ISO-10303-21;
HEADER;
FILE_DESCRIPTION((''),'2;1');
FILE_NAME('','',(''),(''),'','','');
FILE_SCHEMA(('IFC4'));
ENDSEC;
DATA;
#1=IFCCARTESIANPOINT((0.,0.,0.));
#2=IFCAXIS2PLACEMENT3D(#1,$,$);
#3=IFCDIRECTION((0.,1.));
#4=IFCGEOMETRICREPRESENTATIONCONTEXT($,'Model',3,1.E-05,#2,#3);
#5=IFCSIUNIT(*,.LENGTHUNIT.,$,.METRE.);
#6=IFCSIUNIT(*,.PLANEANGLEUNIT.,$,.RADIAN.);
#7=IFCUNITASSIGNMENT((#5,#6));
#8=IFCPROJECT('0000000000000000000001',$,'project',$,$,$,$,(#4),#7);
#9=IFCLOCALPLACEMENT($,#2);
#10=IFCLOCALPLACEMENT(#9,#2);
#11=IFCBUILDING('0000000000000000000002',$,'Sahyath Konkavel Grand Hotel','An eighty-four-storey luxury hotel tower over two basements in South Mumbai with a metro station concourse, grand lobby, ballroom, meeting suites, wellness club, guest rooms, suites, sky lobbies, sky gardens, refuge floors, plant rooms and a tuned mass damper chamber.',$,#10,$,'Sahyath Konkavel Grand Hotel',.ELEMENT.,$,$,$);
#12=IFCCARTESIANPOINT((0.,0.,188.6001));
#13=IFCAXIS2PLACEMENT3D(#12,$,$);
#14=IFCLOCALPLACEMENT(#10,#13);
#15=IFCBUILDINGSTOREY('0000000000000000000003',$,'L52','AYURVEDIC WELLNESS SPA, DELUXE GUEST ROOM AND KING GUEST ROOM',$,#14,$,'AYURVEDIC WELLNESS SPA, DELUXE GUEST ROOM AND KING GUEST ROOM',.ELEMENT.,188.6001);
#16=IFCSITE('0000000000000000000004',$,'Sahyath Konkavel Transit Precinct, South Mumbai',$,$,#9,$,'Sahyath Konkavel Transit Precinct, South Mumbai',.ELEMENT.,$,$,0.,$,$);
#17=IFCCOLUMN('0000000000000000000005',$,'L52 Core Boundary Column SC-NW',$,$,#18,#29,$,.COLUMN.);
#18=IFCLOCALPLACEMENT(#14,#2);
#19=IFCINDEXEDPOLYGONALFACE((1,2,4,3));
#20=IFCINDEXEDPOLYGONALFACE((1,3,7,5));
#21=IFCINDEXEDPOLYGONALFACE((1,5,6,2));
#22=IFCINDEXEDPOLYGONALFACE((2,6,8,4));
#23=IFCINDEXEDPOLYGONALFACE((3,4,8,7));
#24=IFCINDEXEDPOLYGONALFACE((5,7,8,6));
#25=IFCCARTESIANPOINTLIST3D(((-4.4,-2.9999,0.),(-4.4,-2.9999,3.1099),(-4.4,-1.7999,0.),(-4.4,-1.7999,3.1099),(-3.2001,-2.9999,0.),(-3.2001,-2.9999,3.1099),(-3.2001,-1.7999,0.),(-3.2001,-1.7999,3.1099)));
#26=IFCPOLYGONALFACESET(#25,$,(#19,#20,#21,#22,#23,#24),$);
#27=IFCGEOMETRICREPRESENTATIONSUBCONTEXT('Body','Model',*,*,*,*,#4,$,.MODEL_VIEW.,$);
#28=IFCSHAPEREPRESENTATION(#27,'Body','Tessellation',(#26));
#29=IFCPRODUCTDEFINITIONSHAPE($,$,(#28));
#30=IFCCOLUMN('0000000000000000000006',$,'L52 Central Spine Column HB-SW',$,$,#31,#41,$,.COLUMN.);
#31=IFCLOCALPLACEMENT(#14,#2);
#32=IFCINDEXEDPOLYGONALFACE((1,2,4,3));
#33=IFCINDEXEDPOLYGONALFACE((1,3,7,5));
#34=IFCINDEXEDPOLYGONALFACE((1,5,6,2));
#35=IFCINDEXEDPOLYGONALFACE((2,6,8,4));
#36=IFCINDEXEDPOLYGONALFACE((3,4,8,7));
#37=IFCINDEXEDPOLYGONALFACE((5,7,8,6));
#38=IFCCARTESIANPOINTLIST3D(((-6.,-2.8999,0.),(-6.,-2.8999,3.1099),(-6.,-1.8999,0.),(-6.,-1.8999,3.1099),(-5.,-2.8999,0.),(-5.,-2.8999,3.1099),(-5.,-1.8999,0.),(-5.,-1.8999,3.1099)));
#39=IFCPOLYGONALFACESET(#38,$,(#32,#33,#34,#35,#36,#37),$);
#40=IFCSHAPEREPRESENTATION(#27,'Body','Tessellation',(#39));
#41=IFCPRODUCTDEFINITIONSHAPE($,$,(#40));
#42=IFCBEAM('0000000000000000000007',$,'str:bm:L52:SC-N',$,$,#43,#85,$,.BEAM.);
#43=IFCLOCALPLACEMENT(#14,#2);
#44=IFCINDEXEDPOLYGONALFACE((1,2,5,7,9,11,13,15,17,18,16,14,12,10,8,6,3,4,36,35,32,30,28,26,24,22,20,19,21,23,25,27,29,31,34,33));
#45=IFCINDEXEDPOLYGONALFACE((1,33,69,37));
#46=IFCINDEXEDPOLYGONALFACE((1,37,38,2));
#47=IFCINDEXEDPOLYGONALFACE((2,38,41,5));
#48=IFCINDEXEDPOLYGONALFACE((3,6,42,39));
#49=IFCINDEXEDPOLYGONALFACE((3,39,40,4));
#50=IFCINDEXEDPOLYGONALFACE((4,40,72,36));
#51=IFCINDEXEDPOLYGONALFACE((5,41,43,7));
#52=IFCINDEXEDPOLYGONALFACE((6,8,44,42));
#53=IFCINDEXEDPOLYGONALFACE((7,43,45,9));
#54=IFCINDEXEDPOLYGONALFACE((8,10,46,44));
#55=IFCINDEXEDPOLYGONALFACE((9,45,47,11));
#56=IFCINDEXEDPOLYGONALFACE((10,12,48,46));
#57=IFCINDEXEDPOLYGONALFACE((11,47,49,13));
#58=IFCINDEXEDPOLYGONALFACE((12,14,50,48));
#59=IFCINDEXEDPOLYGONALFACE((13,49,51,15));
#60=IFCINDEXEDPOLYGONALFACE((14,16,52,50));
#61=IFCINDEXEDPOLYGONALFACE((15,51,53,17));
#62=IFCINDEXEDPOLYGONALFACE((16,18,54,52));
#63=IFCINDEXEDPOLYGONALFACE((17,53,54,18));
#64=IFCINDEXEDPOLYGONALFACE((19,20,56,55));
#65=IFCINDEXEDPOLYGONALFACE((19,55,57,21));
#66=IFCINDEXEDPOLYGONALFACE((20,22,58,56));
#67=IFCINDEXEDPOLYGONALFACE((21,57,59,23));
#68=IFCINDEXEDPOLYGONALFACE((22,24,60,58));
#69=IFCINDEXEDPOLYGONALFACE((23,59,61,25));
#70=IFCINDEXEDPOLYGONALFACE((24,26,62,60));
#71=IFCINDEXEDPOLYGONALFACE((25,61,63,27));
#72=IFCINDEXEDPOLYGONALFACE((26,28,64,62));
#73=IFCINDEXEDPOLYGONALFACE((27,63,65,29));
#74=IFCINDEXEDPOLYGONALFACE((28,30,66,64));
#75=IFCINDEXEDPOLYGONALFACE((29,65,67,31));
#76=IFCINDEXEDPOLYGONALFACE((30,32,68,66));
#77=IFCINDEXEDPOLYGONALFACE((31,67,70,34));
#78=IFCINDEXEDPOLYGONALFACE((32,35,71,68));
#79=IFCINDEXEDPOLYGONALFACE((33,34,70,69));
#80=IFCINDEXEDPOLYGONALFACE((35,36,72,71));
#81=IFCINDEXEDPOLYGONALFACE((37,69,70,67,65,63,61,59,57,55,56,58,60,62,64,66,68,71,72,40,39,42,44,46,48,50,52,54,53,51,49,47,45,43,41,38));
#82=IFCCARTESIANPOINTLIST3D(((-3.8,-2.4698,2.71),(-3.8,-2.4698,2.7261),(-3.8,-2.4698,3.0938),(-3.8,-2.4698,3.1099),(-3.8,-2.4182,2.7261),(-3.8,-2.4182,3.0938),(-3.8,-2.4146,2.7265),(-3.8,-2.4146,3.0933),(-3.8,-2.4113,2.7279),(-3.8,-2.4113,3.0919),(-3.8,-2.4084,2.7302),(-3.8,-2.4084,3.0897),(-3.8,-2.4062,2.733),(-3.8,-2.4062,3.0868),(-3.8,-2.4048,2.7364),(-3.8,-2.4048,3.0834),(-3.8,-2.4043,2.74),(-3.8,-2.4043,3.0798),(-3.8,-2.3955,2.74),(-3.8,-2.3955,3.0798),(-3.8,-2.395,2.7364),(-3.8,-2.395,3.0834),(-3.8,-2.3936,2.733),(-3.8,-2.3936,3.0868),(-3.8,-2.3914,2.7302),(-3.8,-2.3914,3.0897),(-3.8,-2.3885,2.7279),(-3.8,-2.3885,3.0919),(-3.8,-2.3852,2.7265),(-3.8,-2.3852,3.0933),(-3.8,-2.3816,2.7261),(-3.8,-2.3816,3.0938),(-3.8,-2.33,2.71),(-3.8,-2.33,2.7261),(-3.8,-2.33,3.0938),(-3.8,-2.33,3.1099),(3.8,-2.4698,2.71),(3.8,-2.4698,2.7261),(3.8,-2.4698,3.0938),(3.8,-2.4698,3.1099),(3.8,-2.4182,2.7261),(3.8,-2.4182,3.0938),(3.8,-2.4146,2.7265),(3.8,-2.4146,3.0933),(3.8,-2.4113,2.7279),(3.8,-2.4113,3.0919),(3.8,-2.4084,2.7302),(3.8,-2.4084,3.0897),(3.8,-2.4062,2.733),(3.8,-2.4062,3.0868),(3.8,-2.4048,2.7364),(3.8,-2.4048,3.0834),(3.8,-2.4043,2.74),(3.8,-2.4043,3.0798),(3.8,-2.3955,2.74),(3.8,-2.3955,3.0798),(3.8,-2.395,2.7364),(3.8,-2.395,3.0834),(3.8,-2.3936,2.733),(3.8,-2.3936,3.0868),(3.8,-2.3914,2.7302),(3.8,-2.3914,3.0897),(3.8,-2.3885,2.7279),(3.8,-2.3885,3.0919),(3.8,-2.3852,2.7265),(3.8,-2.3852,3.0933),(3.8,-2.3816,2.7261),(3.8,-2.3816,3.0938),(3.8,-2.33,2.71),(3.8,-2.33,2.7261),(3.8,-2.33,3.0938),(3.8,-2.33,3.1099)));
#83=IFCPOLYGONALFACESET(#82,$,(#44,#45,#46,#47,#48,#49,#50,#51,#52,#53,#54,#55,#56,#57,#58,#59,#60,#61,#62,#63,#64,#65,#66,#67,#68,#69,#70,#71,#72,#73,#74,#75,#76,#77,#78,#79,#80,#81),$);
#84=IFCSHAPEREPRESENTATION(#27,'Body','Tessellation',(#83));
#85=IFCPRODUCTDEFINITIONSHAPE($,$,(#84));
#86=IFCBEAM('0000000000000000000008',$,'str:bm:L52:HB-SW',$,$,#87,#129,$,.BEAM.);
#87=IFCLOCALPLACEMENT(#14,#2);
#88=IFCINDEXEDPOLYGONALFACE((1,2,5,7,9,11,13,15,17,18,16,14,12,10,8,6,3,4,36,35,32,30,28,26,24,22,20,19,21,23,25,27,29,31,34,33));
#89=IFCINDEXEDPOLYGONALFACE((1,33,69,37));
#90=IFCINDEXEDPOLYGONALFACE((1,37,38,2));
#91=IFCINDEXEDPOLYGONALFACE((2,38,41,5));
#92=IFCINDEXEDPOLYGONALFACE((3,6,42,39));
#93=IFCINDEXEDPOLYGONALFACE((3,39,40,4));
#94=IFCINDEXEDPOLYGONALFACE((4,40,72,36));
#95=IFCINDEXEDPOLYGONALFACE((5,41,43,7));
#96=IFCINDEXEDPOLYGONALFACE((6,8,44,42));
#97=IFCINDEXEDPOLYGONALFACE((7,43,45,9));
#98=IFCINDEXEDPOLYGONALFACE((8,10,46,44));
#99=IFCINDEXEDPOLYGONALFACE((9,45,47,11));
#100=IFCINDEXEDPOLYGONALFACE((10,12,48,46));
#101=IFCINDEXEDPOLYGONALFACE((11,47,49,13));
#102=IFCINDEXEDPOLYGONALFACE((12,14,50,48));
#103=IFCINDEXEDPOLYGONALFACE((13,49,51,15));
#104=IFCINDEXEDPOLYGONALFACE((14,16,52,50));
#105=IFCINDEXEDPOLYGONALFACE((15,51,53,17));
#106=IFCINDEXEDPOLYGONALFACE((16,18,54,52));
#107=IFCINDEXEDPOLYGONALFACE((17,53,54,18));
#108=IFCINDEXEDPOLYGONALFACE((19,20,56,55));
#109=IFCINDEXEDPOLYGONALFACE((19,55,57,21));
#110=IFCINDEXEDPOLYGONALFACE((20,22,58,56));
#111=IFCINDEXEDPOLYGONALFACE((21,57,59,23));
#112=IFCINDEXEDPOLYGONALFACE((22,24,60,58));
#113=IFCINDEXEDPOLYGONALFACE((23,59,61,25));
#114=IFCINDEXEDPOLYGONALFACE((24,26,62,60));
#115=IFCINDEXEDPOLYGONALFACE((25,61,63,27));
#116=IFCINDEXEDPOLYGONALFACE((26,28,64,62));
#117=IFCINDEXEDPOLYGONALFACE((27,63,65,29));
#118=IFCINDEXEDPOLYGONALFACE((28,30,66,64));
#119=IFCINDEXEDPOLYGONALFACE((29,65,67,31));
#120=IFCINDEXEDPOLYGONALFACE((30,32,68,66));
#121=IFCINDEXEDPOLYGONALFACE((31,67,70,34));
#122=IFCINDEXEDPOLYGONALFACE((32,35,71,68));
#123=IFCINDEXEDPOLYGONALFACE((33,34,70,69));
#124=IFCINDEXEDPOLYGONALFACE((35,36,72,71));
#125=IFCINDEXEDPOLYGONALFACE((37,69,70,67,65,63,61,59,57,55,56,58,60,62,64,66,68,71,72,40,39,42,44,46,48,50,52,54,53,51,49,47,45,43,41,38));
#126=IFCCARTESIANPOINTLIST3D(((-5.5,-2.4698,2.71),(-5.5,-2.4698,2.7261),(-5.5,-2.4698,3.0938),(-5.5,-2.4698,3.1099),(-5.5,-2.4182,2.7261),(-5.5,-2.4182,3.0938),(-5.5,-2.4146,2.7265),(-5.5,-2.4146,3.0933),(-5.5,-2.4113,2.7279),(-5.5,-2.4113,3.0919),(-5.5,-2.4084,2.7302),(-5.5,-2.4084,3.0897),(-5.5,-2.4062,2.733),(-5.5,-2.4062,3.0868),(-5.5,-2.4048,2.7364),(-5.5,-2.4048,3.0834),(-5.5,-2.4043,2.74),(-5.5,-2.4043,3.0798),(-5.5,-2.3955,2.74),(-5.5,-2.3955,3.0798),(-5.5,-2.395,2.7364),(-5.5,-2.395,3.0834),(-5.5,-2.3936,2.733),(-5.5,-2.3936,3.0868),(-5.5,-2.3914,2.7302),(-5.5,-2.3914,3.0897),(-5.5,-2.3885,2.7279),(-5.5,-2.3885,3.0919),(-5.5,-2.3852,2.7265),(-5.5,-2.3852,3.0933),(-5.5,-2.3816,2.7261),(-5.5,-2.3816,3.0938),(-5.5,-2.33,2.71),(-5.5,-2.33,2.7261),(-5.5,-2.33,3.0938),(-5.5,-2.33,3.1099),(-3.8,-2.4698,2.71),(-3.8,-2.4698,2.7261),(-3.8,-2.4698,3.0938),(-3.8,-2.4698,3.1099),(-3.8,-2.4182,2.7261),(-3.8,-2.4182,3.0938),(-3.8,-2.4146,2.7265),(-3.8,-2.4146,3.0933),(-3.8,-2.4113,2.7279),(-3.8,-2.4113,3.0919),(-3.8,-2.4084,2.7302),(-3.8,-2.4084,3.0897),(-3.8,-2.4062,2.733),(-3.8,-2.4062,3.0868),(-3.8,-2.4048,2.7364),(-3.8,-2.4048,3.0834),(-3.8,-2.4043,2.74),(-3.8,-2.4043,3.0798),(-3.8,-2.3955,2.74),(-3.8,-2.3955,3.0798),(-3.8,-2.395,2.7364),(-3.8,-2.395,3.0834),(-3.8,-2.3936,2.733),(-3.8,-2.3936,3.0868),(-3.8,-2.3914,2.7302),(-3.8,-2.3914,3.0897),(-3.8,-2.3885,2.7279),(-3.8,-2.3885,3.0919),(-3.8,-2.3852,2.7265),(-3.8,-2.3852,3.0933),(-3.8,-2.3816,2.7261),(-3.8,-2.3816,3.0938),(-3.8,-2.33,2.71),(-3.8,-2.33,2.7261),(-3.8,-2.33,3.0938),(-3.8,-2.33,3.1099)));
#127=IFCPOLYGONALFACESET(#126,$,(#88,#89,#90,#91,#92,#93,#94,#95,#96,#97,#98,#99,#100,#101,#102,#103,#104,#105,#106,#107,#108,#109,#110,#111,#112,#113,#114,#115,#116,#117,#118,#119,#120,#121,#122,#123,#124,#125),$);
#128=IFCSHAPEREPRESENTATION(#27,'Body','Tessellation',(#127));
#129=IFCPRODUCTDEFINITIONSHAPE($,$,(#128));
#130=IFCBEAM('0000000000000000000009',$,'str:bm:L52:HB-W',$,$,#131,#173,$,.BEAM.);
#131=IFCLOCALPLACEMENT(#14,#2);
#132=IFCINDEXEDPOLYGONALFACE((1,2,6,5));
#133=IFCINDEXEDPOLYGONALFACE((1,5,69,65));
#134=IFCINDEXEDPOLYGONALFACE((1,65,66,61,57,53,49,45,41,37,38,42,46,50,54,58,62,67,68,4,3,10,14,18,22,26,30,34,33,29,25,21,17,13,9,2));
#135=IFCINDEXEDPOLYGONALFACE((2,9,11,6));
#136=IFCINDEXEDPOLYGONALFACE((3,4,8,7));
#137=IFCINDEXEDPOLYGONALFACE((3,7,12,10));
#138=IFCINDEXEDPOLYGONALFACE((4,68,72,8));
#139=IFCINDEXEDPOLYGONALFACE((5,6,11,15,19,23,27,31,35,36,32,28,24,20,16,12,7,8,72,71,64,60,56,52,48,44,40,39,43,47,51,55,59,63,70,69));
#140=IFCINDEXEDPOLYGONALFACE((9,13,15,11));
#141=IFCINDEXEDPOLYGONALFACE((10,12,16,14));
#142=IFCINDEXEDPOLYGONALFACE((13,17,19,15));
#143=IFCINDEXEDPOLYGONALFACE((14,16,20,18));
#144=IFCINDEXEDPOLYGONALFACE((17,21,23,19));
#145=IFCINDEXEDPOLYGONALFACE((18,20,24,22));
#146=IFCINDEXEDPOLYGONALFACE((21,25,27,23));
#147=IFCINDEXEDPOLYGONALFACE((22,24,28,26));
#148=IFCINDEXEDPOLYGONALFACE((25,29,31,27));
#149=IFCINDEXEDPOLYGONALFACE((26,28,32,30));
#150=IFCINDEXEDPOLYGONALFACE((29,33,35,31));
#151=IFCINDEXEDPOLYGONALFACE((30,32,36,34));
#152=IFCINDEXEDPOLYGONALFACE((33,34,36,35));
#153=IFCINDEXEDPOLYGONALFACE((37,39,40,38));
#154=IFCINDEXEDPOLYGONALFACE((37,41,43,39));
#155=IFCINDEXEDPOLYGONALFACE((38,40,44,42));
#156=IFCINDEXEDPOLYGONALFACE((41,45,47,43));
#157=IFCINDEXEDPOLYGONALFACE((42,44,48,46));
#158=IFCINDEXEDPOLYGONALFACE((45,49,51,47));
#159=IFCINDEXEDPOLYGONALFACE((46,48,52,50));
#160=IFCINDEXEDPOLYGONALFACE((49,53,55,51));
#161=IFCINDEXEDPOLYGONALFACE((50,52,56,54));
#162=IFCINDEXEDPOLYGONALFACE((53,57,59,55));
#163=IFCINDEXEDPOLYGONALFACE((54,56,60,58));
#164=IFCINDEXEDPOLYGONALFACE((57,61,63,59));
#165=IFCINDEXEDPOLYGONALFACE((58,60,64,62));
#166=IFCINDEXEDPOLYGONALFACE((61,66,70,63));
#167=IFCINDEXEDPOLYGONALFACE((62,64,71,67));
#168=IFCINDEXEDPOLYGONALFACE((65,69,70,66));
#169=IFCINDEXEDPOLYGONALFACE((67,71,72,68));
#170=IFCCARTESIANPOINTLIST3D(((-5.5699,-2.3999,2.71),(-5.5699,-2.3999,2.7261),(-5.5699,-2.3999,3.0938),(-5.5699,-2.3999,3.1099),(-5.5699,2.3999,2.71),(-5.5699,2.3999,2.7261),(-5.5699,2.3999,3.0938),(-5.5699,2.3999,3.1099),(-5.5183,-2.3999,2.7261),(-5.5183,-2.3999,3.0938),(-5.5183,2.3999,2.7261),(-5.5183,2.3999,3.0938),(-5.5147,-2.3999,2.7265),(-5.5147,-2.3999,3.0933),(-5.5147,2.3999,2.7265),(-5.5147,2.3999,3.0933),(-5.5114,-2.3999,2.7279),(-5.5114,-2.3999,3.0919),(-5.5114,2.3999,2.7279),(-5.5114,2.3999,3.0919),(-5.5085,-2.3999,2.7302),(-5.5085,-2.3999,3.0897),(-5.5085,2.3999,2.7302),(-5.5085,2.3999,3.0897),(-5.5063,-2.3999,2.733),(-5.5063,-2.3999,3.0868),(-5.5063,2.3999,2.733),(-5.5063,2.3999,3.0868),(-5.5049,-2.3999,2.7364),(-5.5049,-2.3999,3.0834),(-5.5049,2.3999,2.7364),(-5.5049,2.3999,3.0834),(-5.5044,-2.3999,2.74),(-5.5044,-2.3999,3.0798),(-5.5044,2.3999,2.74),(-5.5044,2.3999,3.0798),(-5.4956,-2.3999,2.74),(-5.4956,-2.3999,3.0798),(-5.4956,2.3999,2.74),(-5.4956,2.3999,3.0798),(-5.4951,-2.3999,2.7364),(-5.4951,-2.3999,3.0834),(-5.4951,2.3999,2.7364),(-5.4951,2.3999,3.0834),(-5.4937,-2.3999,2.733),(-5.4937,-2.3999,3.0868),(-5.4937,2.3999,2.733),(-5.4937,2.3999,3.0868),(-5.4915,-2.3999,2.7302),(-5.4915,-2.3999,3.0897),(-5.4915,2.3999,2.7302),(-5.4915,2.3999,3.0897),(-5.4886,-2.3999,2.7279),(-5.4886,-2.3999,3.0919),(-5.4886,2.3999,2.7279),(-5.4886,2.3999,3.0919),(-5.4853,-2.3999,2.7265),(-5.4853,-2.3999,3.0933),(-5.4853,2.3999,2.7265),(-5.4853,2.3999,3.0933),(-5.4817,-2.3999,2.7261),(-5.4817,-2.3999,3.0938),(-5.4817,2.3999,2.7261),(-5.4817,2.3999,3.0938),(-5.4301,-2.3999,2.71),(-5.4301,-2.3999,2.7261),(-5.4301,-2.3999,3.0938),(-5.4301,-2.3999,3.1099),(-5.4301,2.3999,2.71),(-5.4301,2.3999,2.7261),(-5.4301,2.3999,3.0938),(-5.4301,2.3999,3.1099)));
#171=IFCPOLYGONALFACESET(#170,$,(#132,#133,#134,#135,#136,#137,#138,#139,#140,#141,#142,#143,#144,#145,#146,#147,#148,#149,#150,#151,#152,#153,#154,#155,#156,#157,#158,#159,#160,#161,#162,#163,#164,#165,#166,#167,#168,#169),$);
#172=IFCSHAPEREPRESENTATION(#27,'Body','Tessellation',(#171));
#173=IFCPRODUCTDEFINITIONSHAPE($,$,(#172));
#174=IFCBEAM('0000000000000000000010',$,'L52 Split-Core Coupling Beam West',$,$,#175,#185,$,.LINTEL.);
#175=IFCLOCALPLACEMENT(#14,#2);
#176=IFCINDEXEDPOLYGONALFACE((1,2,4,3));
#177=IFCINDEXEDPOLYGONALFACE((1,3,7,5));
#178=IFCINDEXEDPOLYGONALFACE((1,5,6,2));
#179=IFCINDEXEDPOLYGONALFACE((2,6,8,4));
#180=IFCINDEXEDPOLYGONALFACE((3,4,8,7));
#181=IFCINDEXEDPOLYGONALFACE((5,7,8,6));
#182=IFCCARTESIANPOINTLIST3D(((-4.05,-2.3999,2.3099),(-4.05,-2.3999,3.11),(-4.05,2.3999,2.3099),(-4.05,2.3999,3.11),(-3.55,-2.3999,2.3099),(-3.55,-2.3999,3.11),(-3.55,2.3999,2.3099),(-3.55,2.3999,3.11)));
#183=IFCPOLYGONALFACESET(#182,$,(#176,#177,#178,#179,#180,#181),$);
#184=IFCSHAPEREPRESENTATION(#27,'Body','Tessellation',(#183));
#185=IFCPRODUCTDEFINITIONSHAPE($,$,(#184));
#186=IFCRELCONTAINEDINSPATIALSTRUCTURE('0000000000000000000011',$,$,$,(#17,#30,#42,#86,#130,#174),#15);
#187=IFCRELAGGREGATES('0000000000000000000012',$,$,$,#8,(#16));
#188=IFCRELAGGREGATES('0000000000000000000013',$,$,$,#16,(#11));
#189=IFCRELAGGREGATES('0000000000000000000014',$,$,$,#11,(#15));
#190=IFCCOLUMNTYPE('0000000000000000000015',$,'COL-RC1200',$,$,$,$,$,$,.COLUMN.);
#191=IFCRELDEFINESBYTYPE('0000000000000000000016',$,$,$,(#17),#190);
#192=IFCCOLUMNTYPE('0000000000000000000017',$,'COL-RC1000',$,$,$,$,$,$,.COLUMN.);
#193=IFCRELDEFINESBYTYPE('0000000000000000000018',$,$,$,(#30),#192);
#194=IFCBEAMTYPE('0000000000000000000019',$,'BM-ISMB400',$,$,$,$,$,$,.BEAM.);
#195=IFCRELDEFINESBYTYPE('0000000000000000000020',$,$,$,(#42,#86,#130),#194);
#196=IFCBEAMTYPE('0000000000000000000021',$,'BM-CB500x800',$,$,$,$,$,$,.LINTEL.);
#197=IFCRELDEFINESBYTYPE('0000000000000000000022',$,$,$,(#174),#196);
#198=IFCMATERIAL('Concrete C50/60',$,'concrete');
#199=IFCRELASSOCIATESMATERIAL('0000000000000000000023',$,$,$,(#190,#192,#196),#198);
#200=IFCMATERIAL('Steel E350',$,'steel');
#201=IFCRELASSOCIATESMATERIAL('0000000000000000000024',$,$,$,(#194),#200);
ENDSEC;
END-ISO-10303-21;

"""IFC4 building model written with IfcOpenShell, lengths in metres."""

from ifc_helpers import new_model, si_unit, direction, frame, origin, origin_2d, place, context, subcontext, project, spatial, rectangle, i_section, extrude, source, transform, mapped, material, material_profile, profile_set, type_object, element, save


model = new_model("IFC4")

# Units and contexts
model_context = context("Model", 3, precision=1e-05, world=origin(), true_north=direction((0.0, 1.0)))
body_context = subcontext(model_context, "Body", "Model", "MODEL_VIEW")
ifc_project = project(units=[si_unit("LENGTHUNIT", "METRE"), si_unit("PLANEANGLEUNIT", "RADIAN")], contexts=[model_context])

# Site, building, storey
site_placement = place(None, origin())
site = spatial("IfcSite", under=ifc_project, at=site_placement, Name="Sahyath Konkavel Transit Precinct, South Mumbai", LongName="Sahyath Konkavel Transit Precinct, South Mumbai", CompositionType="ELEMENT", RefElevation=0.0)
building_placement = place(site_placement, origin())
building = spatial("IfcBuilding", under=site, at=building_placement, Name="Sahyath Konkavel Grand Hotel", Description="An eighty-four-storey luxury hotel tower over two basements in South Mumbai with a metro station concourse, grand lobby, ballroom, meeting suites, wellness club, guest rooms, suites, sky lobbies, sky gardens, refuge floors, plant rooms and a tuned mass damper chamber.", LongName="Sahyath Konkavel Grand Hotel", CompositionType="ELEMENT")
storey_placement = place(building_placement, frame((0.0, 0.0, 188.6001)))
storey = spatial("IfcBuildingStorey", under=building, at=storey_placement, Name="L52", Description="AYURVEDIC WELLNESS SPA, DELUXE GUEST ROOM AND KING GUEST ROOM", LongName="AYURVEDIC WELLNESS SPA, DELUXE GUEST ROOM AND KING GUEST ROOM", CompositionType="ELEMENT", Elevation=188.6001)

# Columns
ifc_material_1 = material(Name="Concrete C50/60", Category="concrete")
ifc_material_profile_1 = material_profile(ifc_material_1, rectangle(XDim=1.2, YDim=1.2, at=origin_2d()), Name="RC 1200x1200")
ifc_profile_set_1 = profile_set([ifc_material_profile_1], Name="Concrete C50/60")
column_type_1 = type_object("IfcColumnType", Name="COL-RC1200", PredefinedType="COLUMN", material=ifc_profile_set_1)
shared_shape_1 = source(origin(), body_context, "Body", "SweptSolid", [
    extrude(rectangle(XDim=1.2, YDim=1.2, at=origin_2d()), origin(), (0.0, 0.0, 1.0), 3.1099),
])
column_1_placement = place(storey_placement, frame((-3.8, -2.3999, 0.0), z_axis=(0.0, 0.0, 1.0), x_axis=(1.0, 0.0, 0.0)))
element("IfcColumn", 1, at=column_1_placement, inside=storey, type_object=column_type_1, Name="L52 Core Boundary Column SC-NW", PredefinedType="COLUMN", context=body_context, shape_type="MappedRepresentation", body=[
    mapped(shared_shape_1, transform((0.0, 0.0, 0.0), scale=1.0)),
])
ifc_material_profile_2 = material_profile(ifc_material_1, rectangle(XDim=1.0, YDim=1.0, at=origin_2d()), Name="RC 1000x1000")
ifc_profile_set_2 = profile_set([ifc_material_profile_2], Name="Concrete C50/60")
column_type_2 = type_object("IfcColumnType", Name="COL-RC1000", PredefinedType="COLUMN", material=ifc_profile_set_2)
shared_shape_2 = source(origin(), body_context, "Body", "SweptSolid", [
    extrude(rectangle(XDim=1.0, YDim=1.0, at=origin_2d()), origin(), (0.0, 0.0, 1.0), 3.1099),
])
column_2_placement = place(storey_placement, frame((-5.5, -2.3999, 0.0), z_axis=(0.0, 0.0, 1.0), x_axis=(1.0, 0.0, 0.0)))
element("IfcColumn", 2, at=column_2_placement, inside=storey, type_object=column_type_2, Name="L52 Central Spine Column HB-SW", PredefinedType="COLUMN", context=body_context, shape_type="MappedRepresentation", body=[
    mapped(shared_shape_2, transform((0.0, 0.0, 0.0), scale=1.0)),
])

# Beams
ifc_material_2 = material(Name="Steel E350", Category="steel")
ifc_material_profile_3 = material_profile(ifc_material_2, i_section(OverallWidth=0.1399, OverallDepth=0.3999, WebThickness=0.0088, FlangeThickness=0.0161, FilletRadius=0.0139, at=origin_2d()), Name="ISMB 400")
ifc_profile_set_3 = profile_set([ifc_material_profile_3], Name="Steel E350")
beam_type_1 = type_object("IfcBeamType", Name="BM-ISMB400", PredefinedType="BEAM", material=ifc_profile_set_3)
shared_shape_3 = source(origin(), body_context, "Body", "SweptSolid", [
    extrude(i_section(OverallWidth=0.1399, OverallDepth=0.3999, WebThickness=0.0088, FlangeThickness=0.0161, FilletRadius=0.0139, at=origin_2d()), origin(), (0.0, 0.0, 1.0), 7.6001),
])
beam_1_placement = place(storey_placement, frame((-3.8, -2.3999, 2.9099), z_axis=(1.0, 0.0, 0.0), x_axis=(0.0, 1.0, 0.0)))
element("IfcBeam", 3, at=beam_1_placement, inside=storey, type_object=beam_type_1, Name="str:bm:L52:SC-N", PredefinedType="BEAM", context=body_context, shape_type="MappedRepresentation", body=[
    mapped(shared_shape_3, transform((0.0, 0.0, 0.0), scale=1.0)),
])
shared_shape_4 = source(origin(), body_context, "Body", "SweptSolid", [
    extrude(i_section(OverallWidth=0.1399, OverallDepth=0.3999, WebThickness=0.0088, FlangeThickness=0.0161, FilletRadius=0.0139, at=origin_2d()), origin(), (0.0, 0.0, 1.0), 1.7),
])
beam_2_placement = place(storey_placement, frame((-5.5, -2.3999, 2.9099), z_axis=(1.0, 0.0, 0.0), x_axis=(0.0, 1.0, 0.0)))
element("IfcBeam", 4, at=beam_2_placement, inside=storey, type_object=beam_type_1, Name="str:bm:L52:HB-SW", PredefinedType="BEAM", context=body_context, shape_type="MappedRepresentation", body=[
    mapped(shared_shape_4, transform((0.0, 0.0, 0.0), scale=1.0)),
])
shared_shape_5 = source(origin(), body_context, "Body", "SweptSolid", [
    extrude(i_section(OverallWidth=0.1399, OverallDepth=0.3999, WebThickness=0.0088, FlangeThickness=0.0161, FilletRadius=0.0139, at=origin_2d()), origin(), (0.0, 0.0, 1.0), 4.7998),
])
beam_3_placement = place(storey_placement, frame((-5.5, -2.3999, 2.9099), z_axis=(0.0, 1.0, 0.0), x_axis=(-1.0, 0.0, 0.0)))
element("IfcBeam", 5, at=beam_3_placement, inside=storey, type_object=beam_type_1, Name="str:bm:L52:HB-W", PredefinedType="BEAM", context=body_context, shape_type="MappedRepresentation", body=[
    mapped(shared_shape_5, transform((0.0, 0.0, 0.0), scale=1.0)),
])
ifc_material_profile_4 = material_profile(ifc_material_1, rectangle(XDim=0.5, YDim=0.8, at=origin_2d()), Name="RC 500x800")
ifc_profile_set_4 = profile_set([ifc_material_profile_4], Name="Concrete C50/60")
beam_type_2 = type_object("IfcBeamType", Name="BM-CB500x800", PredefinedType="LINTEL", material=ifc_profile_set_4)
shared_shape_6 = source(origin(), body_context, "Body", "SweptSolid", [
    extrude(rectangle(XDim=0.5, YDim=0.8, at=origin_2d()), origin(), (0.0, 0.0, 1.0), 4.7998),
])
beam_4_placement = place(storey_placement, frame((-3.8, -2.3999, 2.71), z_axis=(0.0, 1.0, 0.0), x_axis=(-1.0, 0.0, 0.0)))
element("IfcBeam", 6, at=beam_4_placement, inside=storey, type_object=beam_type_2, Name="L52 Split-Core Coupling Beam West", PredefinedType="LINTEL", context=body_context, shape_type="MappedRepresentation", body=[
    mapped(shared_shape_6, transform((0.0, 0.0, 0.0), scale=1.0)),
])

save(model, "model.ifc")
